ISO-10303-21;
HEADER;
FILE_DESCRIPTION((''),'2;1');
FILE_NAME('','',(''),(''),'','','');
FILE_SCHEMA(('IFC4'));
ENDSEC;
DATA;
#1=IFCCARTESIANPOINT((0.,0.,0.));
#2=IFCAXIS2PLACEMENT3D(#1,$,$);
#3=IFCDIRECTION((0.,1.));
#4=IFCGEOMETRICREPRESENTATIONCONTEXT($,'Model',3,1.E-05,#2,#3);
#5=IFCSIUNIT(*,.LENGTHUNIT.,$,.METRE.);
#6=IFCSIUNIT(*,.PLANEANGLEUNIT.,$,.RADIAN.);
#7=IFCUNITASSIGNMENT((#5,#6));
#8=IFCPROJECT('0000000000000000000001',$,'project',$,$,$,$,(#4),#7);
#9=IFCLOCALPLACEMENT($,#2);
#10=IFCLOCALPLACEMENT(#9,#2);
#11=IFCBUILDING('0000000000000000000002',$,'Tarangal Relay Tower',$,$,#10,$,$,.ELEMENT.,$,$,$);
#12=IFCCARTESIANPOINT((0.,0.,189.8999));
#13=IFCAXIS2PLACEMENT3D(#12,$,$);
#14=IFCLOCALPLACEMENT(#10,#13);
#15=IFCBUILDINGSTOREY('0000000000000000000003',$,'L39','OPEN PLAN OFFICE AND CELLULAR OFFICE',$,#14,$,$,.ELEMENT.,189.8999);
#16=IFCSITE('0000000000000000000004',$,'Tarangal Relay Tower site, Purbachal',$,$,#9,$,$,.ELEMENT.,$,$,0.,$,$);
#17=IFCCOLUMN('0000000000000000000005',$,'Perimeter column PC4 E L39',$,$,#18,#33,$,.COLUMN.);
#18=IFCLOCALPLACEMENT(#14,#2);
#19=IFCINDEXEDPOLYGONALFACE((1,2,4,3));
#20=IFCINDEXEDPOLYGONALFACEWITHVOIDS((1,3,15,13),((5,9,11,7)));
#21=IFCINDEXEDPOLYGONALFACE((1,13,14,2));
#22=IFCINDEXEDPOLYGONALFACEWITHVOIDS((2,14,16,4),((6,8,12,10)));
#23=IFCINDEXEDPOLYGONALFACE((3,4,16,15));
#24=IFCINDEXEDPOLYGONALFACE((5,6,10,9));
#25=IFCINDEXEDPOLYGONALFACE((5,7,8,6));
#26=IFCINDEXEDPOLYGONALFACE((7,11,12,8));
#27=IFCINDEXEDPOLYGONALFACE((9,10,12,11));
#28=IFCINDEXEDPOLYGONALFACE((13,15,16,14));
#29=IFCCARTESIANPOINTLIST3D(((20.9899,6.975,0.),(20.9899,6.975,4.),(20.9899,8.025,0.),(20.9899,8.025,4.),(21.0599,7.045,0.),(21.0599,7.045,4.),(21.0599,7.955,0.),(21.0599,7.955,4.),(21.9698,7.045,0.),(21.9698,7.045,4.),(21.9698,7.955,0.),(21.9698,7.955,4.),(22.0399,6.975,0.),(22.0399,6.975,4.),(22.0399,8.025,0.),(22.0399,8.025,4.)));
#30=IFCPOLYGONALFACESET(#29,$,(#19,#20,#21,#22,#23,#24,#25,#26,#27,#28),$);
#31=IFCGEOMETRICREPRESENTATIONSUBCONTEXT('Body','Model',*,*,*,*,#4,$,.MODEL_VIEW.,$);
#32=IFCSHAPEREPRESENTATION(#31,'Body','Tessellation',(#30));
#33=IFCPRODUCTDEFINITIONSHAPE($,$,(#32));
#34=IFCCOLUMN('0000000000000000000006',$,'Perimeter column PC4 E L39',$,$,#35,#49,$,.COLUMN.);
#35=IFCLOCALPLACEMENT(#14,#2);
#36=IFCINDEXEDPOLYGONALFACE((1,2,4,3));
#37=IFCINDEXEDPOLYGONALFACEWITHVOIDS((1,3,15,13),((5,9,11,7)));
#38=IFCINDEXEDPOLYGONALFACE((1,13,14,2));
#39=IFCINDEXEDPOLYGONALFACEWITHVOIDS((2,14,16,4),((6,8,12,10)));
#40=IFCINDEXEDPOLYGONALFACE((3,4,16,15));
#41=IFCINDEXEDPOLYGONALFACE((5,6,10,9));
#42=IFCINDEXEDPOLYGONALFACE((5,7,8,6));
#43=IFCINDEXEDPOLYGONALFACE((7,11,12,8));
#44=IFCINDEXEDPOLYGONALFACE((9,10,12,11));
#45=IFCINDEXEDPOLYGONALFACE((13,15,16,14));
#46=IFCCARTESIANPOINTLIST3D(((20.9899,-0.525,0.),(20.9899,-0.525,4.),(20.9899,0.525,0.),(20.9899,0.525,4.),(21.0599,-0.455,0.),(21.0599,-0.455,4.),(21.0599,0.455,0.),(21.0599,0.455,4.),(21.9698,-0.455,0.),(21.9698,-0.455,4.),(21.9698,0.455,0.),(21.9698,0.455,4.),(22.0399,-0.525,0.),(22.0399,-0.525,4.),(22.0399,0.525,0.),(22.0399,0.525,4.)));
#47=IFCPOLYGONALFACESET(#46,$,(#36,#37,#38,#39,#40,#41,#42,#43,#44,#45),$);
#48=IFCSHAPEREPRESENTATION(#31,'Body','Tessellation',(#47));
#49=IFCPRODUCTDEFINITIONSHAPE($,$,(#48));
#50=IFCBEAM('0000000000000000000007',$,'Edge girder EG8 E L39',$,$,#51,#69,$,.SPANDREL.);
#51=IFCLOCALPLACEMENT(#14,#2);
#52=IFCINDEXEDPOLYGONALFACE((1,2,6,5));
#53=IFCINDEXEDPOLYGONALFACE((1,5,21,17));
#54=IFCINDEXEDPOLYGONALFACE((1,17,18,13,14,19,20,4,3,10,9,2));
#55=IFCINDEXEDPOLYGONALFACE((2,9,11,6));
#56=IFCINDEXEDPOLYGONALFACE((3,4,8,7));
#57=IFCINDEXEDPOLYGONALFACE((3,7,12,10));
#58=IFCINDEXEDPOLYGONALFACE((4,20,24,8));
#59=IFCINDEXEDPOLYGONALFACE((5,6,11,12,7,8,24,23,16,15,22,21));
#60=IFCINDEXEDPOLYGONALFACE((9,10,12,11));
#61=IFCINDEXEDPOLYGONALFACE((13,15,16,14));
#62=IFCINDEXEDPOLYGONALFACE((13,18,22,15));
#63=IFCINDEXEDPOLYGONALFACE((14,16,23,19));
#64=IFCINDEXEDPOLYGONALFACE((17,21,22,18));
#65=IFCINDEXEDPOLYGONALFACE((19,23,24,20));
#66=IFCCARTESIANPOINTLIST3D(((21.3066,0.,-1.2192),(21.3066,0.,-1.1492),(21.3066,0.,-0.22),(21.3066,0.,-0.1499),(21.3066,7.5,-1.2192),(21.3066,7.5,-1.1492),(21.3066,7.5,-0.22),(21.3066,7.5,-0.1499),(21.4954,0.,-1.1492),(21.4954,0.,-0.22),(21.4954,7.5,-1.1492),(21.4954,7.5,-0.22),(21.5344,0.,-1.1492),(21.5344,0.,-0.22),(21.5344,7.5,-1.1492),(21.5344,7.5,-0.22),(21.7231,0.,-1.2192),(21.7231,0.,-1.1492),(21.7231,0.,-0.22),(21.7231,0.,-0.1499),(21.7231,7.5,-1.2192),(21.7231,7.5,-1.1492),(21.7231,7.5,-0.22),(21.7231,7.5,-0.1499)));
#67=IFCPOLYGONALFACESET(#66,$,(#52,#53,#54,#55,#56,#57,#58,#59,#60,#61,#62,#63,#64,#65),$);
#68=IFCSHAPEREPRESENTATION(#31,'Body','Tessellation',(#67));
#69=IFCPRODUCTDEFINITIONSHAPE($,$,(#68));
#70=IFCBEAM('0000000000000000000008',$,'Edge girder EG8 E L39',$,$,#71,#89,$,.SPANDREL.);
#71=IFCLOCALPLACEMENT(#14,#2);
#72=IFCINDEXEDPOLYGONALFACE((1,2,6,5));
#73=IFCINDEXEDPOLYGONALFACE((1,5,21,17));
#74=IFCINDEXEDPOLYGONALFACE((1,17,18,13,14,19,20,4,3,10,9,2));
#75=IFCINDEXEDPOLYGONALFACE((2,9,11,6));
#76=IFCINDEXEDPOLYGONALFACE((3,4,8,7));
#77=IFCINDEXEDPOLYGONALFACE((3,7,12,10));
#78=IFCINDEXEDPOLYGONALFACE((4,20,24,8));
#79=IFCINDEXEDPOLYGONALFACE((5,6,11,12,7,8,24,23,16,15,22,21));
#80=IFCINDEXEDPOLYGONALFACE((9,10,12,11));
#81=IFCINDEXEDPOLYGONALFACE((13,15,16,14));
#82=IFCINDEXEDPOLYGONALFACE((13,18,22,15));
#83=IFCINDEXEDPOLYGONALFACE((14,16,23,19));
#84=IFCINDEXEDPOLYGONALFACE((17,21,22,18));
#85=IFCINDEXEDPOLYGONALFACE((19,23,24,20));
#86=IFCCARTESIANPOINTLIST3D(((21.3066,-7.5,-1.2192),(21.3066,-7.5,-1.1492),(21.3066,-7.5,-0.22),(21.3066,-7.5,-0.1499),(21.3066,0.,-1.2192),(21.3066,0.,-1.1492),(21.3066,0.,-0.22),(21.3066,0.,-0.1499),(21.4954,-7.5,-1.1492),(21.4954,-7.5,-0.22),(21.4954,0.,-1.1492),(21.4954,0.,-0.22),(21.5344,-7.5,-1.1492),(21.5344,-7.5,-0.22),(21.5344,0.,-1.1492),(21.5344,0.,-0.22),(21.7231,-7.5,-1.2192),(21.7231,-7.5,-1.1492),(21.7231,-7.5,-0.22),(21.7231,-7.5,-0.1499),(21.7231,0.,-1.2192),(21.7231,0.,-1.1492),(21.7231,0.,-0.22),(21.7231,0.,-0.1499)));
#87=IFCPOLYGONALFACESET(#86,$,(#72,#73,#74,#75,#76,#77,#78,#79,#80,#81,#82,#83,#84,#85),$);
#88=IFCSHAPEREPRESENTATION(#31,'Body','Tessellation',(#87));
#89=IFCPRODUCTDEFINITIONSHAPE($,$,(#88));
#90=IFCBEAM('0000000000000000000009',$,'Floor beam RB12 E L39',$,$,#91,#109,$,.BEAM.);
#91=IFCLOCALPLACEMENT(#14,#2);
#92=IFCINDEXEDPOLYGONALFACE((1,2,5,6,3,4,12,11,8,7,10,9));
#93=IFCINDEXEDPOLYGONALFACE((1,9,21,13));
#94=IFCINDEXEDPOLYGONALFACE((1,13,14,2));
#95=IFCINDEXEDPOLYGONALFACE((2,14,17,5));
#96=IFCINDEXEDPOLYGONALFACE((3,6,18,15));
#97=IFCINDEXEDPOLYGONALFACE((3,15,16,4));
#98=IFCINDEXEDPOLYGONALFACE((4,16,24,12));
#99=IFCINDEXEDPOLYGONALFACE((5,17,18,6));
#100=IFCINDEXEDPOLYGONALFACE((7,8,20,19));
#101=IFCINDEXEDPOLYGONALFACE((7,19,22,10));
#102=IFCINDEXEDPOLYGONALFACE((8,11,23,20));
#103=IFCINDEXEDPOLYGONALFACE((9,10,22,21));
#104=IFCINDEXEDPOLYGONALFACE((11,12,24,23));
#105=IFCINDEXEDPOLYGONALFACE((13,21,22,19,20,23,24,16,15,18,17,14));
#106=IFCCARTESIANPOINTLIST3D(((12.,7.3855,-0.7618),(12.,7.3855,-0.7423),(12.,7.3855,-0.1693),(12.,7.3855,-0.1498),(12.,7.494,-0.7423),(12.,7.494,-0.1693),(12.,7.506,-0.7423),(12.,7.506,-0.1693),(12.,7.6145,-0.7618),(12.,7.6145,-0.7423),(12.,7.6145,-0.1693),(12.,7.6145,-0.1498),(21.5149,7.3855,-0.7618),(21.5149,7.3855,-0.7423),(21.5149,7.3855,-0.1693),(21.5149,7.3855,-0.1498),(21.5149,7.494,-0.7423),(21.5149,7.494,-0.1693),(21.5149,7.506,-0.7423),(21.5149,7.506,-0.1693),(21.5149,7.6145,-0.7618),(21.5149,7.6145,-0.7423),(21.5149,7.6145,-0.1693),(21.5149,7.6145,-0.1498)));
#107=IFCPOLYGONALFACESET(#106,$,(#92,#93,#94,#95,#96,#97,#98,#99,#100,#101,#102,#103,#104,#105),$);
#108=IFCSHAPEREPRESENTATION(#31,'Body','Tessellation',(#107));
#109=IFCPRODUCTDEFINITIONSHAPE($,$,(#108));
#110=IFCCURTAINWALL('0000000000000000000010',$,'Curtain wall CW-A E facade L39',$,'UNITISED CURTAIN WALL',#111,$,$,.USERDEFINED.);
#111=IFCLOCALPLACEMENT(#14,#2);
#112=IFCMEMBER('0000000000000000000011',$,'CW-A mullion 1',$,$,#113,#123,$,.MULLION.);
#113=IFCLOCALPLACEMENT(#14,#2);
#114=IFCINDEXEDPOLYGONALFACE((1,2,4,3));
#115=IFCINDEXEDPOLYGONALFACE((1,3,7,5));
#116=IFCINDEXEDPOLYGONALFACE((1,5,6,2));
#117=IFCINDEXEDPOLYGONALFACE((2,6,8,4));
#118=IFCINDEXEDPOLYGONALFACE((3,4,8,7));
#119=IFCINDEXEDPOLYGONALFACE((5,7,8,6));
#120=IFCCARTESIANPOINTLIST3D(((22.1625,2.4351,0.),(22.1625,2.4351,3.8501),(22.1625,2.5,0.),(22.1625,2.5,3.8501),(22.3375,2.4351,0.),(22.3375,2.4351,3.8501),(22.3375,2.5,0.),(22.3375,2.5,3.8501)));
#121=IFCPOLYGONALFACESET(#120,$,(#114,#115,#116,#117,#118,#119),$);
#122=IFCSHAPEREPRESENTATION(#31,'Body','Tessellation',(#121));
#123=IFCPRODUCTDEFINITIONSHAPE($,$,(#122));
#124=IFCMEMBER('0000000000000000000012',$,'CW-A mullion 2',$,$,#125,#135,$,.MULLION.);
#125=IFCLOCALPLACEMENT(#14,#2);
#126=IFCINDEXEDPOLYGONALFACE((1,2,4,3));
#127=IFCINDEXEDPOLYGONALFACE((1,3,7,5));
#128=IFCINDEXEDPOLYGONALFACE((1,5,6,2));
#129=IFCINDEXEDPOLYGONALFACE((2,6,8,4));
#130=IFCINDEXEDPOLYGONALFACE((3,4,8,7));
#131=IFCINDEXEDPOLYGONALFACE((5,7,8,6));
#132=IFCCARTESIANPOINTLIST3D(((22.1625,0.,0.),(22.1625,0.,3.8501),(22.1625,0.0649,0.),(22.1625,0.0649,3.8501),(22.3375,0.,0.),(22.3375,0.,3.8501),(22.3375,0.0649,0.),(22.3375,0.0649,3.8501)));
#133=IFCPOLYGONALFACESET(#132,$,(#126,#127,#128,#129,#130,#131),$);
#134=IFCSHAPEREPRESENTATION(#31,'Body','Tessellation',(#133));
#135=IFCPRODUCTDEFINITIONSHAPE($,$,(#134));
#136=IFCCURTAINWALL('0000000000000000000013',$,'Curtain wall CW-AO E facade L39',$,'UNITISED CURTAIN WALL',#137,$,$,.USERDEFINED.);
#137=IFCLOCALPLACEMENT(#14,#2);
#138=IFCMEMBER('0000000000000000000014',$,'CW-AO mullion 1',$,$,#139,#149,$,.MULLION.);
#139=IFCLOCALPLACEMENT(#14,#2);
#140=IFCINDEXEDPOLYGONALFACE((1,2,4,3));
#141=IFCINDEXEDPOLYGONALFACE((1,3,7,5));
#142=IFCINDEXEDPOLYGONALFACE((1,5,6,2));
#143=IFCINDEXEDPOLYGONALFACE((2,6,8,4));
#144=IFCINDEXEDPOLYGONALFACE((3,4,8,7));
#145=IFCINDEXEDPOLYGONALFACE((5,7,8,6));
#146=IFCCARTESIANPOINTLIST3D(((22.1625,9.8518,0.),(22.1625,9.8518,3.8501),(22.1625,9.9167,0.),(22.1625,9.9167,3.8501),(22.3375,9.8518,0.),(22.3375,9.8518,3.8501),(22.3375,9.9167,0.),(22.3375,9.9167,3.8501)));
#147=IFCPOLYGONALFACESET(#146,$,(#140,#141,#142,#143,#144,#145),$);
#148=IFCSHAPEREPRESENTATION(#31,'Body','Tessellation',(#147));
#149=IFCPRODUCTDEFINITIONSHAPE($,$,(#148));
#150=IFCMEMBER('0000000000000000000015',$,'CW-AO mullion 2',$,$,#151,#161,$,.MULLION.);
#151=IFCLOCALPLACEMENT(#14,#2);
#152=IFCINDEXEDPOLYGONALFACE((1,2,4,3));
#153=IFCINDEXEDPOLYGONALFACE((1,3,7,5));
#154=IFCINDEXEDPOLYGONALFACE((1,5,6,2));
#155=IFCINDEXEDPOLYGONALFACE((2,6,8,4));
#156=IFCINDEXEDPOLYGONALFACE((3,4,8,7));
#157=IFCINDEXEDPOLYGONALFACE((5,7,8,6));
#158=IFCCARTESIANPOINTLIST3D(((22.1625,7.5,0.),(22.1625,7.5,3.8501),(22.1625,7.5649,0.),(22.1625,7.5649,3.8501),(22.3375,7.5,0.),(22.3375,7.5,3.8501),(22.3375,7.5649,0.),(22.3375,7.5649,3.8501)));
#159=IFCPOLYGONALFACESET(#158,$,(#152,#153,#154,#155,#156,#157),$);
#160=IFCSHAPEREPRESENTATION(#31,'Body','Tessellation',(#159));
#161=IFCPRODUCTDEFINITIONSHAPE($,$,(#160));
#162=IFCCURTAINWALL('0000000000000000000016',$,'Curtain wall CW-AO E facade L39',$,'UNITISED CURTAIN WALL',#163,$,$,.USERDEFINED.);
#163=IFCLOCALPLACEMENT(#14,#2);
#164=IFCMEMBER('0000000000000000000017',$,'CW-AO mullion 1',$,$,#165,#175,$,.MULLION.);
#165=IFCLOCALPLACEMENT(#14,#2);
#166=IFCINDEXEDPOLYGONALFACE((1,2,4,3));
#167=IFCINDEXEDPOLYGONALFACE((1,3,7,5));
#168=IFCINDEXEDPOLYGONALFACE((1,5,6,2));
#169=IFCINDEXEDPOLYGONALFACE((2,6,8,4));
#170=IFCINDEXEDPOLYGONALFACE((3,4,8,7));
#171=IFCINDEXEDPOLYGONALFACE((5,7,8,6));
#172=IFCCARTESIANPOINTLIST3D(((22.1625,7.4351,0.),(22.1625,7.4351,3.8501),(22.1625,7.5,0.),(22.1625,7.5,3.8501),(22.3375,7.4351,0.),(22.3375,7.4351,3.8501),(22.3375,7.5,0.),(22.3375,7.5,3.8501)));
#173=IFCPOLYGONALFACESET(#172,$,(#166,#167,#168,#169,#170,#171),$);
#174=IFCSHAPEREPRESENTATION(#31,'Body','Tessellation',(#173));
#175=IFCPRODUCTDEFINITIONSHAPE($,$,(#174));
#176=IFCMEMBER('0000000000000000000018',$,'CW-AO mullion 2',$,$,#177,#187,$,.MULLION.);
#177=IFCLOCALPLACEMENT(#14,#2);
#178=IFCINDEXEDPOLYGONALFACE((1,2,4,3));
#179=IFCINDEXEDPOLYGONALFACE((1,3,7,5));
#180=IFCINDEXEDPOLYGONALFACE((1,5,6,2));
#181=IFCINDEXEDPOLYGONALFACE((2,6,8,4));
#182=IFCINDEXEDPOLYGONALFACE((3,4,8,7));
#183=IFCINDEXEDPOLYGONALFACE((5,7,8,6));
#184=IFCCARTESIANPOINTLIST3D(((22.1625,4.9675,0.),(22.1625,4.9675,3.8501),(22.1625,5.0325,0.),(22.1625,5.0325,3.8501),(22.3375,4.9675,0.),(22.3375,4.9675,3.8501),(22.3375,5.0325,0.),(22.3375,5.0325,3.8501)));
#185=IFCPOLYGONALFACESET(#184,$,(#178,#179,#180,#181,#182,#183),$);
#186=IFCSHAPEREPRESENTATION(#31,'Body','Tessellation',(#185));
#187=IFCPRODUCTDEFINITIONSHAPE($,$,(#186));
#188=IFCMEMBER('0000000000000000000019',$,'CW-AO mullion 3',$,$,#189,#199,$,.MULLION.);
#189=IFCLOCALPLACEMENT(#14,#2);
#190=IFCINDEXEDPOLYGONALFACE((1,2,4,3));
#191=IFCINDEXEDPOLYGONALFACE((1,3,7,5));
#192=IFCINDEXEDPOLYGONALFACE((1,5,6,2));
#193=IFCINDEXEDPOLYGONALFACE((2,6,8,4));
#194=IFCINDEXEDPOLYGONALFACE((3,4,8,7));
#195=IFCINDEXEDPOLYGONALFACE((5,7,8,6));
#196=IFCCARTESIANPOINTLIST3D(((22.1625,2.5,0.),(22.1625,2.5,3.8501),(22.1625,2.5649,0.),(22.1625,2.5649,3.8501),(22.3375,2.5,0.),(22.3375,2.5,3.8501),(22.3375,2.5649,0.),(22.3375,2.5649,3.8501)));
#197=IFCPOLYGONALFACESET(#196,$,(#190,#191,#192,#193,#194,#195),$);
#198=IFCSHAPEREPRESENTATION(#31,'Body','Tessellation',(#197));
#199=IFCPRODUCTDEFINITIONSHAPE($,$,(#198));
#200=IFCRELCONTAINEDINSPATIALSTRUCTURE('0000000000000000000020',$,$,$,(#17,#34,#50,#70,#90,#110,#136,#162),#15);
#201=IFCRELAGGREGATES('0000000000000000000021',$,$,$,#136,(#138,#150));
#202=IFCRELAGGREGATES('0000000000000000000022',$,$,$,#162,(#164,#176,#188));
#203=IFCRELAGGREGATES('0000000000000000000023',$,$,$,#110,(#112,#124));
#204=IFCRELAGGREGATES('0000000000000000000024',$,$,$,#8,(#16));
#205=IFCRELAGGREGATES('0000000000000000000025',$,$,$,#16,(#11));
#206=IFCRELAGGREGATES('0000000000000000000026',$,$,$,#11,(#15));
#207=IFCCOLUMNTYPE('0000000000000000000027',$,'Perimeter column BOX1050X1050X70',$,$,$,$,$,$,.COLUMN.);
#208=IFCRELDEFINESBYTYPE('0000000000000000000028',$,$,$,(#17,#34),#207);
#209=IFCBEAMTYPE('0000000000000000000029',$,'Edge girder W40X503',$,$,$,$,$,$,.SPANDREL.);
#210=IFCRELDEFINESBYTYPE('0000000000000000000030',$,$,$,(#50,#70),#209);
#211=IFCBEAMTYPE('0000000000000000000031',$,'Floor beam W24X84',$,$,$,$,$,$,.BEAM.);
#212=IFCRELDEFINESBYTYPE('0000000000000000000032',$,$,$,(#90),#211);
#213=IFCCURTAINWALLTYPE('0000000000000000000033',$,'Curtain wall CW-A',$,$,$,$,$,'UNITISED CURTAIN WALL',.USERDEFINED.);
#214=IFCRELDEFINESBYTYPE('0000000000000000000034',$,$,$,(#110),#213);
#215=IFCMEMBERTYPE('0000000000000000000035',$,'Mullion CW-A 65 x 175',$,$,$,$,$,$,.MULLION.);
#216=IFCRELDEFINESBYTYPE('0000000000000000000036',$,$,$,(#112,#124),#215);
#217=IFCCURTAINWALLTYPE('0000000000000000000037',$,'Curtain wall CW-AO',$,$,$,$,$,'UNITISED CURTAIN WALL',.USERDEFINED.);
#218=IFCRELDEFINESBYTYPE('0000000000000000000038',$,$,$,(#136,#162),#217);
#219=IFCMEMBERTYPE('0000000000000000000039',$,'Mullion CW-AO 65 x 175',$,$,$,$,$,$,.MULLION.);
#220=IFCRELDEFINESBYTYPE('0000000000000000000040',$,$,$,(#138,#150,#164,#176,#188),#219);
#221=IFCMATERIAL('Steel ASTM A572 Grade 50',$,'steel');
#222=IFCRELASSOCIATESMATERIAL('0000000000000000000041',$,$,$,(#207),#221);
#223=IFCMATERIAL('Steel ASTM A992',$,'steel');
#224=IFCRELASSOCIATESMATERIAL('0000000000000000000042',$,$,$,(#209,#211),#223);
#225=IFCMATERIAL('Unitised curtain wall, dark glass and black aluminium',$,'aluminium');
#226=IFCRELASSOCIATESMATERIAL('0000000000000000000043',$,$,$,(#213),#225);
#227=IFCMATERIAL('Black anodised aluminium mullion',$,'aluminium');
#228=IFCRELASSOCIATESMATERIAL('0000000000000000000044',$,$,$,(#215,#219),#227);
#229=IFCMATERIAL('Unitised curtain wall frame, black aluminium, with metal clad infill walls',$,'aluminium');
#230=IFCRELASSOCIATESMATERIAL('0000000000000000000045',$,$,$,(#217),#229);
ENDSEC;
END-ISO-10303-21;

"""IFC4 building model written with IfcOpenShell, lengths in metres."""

from ifc_helpers import new_model, si_unit, direction, frame, origin, origin_2d, place, context, subcontext, project, spatial, rectangle, hollow_rectangle, i_section, extrude, material, material_profile, profile_set, type_object, element, aggregate, save


model = new_model("IFC4")

# Units and contexts
model_context = context("Model", 3, precision=1e-05, world=origin(), true_north=direction((0.0, 1.0)))
body_context = subcontext(model_context, "Body", "Model", "MODEL_VIEW")
ifc_project = project(units=[si_unit("LENGTHUNIT", "METRE"), si_unit("PLANEANGLEUNIT", "RADIAN")], contexts=[model_context])

# Site, building, storey
site_placement = place(None, origin())
site = spatial("IfcSite", under=ifc_project, at=site_placement, Name="Tarangal Relay Tower site, Purbachal", CompositionType="ELEMENT", RefElevation=0.0)
building_placement = place(site_placement, origin())
building = spatial("IfcBuilding", under=site, at=building_placement, Name="Tarangal Relay Tower", CompositionType="ELEMENT")
storey_placement = place(building_placement, frame((0.0, 0.0, 189.8999)))
storey = spatial("IfcBuildingStorey", under=building, at=storey_placement, Name="L39", Description="OPEN PLAN OFFICE AND CELLULAR OFFICE", CompositionType="ELEMENT", Elevation=189.8999)

# Columns
ifc_material_1 = material(Name="Steel ASTM A572 Grade 50", Category="steel")
ifc_material_profile_1 = material_profile(ifc_material_1, hollow_rectangle(XDim=1.05, YDim=1.05, WallThickness=0.0701, at=origin_2d()), Name="BOX1050X1050X70")
ifc_profile_set_1 = profile_set([ifc_material_profile_1], Name="Steel ASTM A572 Grade 50")
column_type = type_object("IfcColumnType", Name="Perimeter column BOX1050X1050X70", PredefinedType="COLUMN", material=ifc_profile_set_1)
for number, where, z_axis, x_axis, name in (
    (1, (21.5149, 7.5, 0.0), (0.0, 0.0, 1.0), (1.0, 0.0, 0.0), "Perimeter column PC4 E L39"),
    (2, (21.5149, 0.0, 0.0), (0.0, 0.0, 1.0), (1.0, 0.0, 0.0), "Perimeter column PC4 E L39"),
):
    element("IfcColumn", number, at=place(storey_placement, frame(where, z_axis=z_axis, x_axis=x_axis)), inside=storey, type_object=column_type, Name=name, PredefinedType="COLUMN", context=body_context, shape_type="SweptSolid", body=[
        extrude(hollow_rectangle(XDim=1.05, YDim=1.05, WallThickness=0.0701, at=origin_2d()), origin(), (0.0, 0.0, 1.0), 4.0),
    ])

# Beams
ifc_material_2 = material(Name="Steel ASTM A992", Category="steel")
ifc_material_profile_2 = material_profile(ifc_material_2, i_section(OverallWidth=0.4165, OverallDepth=1.0693, WebThickness=0.0391, FlangeThickness=0.0701, at=origin_2d()), Name="W40X503")
ifc_profile_set_2 = profile_set([ifc_material_profile_2], Name="Steel ASTM A992")
beam_type_1 = type_object("IfcBeamType", Name="Edge girder W40X503", PredefinedType="SPANDREL", material=ifc_profile_set_2)
for number, where, z_axis, x_axis, name in (
    (3, (21.5149, 7.5, -0.6846), (0.0, -1.0, 0.0), (1.0, 0.0, 0.0), "Edge girder EG8 E L39"),
    (4, (21.5149, 0.0, -0.6846), (0.0, -1.0, 0.0), (1.0, 0.0, 0.0), "Edge girder EG8 E L39"),
):
    element("IfcBeam", number, at=place(storey_placement, frame(where, z_axis=z_axis, x_axis=x_axis)), inside=storey, type_object=beam_type_1, Name=name, PredefinedType="SPANDREL", context=body_context, shape_type="SweptSolid", body=[
        extrude(i_section(OverallWidth=0.4165, OverallDepth=1.0693, WebThickness=0.0391, FlangeThickness=0.0701, at=origin_2d()), origin(), (0.0, 0.0, 1.0), 7.5),
    ])
ifc_material_profile_3 = material_profile(ifc_material_2, i_section(OverallWidth=0.229, OverallDepth=0.6121, WebThickness=0.012, FlangeThickness=0.0195, at=origin_2d()), Name="W24X84")
ifc_profile_set_3 = profile_set([ifc_material_profile_3], Name="Steel ASTM A992")
beam_type_2 = type_object("IfcBeamType", Name="Floor beam W24X84", PredefinedType="BEAM", material=ifc_profile_set_3)
beam_placement = place(storey_placement, frame((12.0, 7.5, -0.4558), z_axis=(1.0, 0.0, 0.0), x_axis=(0.0, 1.0, 0.0)))
element("IfcBeam", 5, at=beam_placement, inside=storey, type_object=beam_type_2, Name="Floor beam RB12 E L39", PredefinedType="BEAM", context=body_context, shape_type="SweptSolid", body=[
    extrude(i_section(OverallWidth=0.229, OverallDepth=0.6121, WebThickness=0.012, FlangeThickness=0.0195, at=origin_2d()), origin(), (0.0, 0.0, 1.0), 9.5149),
])

# Curtain walls, members
ifc_material_3 = material(Name="Unitised curtain wall, dark glass and black aluminium", Category="aluminium")
curtain_wall_type_1 = type_object("IfcCurtainWallType", Name="Curtain wall CW-A", ElementType="UNITISED CURTAIN WALL", PredefinedType="USERDEFINED", material=ifc_material_3)
curtain_wall_1_placement = place(storey_placement, origin())
curtain_wall_1 = element("IfcCurtainWall", 6, at=curtain_wall_1_placement, inside=storey, type_object=curtain_wall_type_1, Name="Curtain wall CW-A E facade L39", ObjectType="UNITISED CURTAIN WALL", PredefinedType="USERDEFINED")
ifc_material_4 = material(Name="Black anodised aluminium mullion", Category="aluminium")
ifc_material_profile_4 = material_profile(ifc_material_4, rectangle(XDim=0.175, YDim=0.0649, at=origin_2d()), Name="CW-AM 65X175")
ifc_profile_set_4 = profile_set([ifc_material_profile_4], Name="Black anodised aluminium mullion")
member_type_1 = type_object("IfcMemberType", Name="Mullion CW-A 65 x 175", PredefinedType="MULLION", material=ifc_profile_set_4)
member_1_placement = place(storey_placement, frame((22.25, 2.4675, 0.0), z_axis=(0.0, 0.0, 1.0), x_axis=(1.0, 0.0, 0.0)))
member_1 = element("IfcMember", 7, at=member_1_placement, type_object=member_type_1, Name="CW-A mullion 1", PredefinedType="MULLION", context=body_context, shape_type="SweptSolid", body=[
    extrude(rectangle(XDim=0.175, YDim=0.0649, at=origin_2d()), origin(), (0.0, 0.0, 1.0), 3.8501),
])
member_2_placement = place(storey_placement, frame((22.25, 0.0325, 0.0), z_axis=(0.0, 0.0, 1.0), x_axis=(1.0, 0.0, 0.0)))
member_2 = element("IfcMember", 8, at=member_2_placement, type_object=member_type_1, Name="CW-A mullion 2", PredefinedType="MULLION", context=body_context, shape_type="SweptSolid", body=[
    extrude(rectangle(XDim=0.175, YDim=0.0649, at=origin_2d()), origin(), (0.0, 0.0, 1.0), 3.8501),
])
ifc_material_5 = material(Name="Unitised curtain wall frame, black aluminium, with metal clad infill walls", Category="aluminium")
curtain_wall_type_2 = type_object("IfcCurtainWallType", Name="Curtain wall CW-AO", ElementType="UNITISED CURTAIN WALL", PredefinedType="USERDEFINED", material=ifc_material_5)
curtain_wall_2_placement = place(storey_placement, origin())
curtain_wall_2 = element("IfcCurtainWall", 9, at=curtain_wall_2_placement, inside=storey, type_object=curtain_wall_type_2, Name="Curtain wall CW-AO E facade L39", ObjectType="UNITISED CURTAIN WALL", PredefinedType="USERDEFINED")
ifc_material_profile_5 = material_profile(ifc_material_4, rectangle(XDim=0.175, YDim=0.0649, at=origin_2d()), Name="CW-AOM 65X175")
ifc_profile_set_5 = profile_set([ifc_material_profile_5], Name="Black anodised aluminium mullion")
member_type_2 = type_object("IfcMemberType", Name="Mullion CW-AO 65 x 175", PredefinedType="MULLION", material=ifc_profile_set_5)
member_3_placement = place(storey_placement, frame((22.25, 9.8843, 0.0), z_axis=(0.0, 0.0, 1.0), x_axis=(1.0, 0.0, 0.0)))
member_3 = element("IfcMember", 10, at=member_3_placement, type_object=member_type_2, Name="CW-AO mullion 1", PredefinedType="MULLION", context=body_context, shape_type="SweptSolid", body=[
    extrude(rectangle(XDim=0.175, YDim=0.0649, at=origin_2d()), origin(), (0.0, 0.0, 1.0), 3.8501),
])
member_4_placement = place(storey_placement, frame((22.25, 7.5325, 0.0), z_axis=(0.0, 0.0, 1.0), x_axis=(1.0, 0.0, 0.0)))
member_4 = element("IfcMember", 11, at=member_4_placement, type_object=member_type_2, Name="CW-AO mullion 2", PredefinedType="MULLION", context=body_context, shape_type="SweptSolid", body=[
    extrude(rectangle(XDim=0.175, YDim=0.0649, at=origin_2d()), origin(), (0.0, 0.0, 1.0), 3.8501),
])
curtain_wall_3_placement = place(storey_placement, origin())
curtain_wall_3 = element("IfcCurtainWall", 12, at=curtain_wall_3_placement, inside=storey, type_object=curtain_wall_type_2, Name="Curtain wall CW-AO E facade L39", ObjectType="UNITISED CURTAIN WALL", PredefinedType="USERDEFINED")
member_5_placement = place(storey_placement, frame((22.25, 7.4675, 0.0), z_axis=(0.0, 0.0, 1.0), x_axis=(1.0, 0.0, 0.0)))
member_5 = element("IfcMember", 13, at=member_5_placement, type_object=member_type_2, Name="CW-AO mullion 1", PredefinedType="MULLION", context=body_context, shape_type="SweptSolid", body=[
    extrude(rectangle(XDim=0.175, YDim=0.0649, at=origin_2d()), origin(), (0.0, 0.0, 1.0), 3.8501),
])
member_6_placement = place(storey_placement, frame((22.25, 5.0, 0.0), z_axis=(0.0, 0.0, 1.0), x_axis=(1.0, 0.0, 0.0)))
member_6 = element("IfcMember", 14, at=member_6_placement, type_object=member_type_2, Name="CW-AO mullion 2", PredefinedType="MULLION", context=body_context, shape_type="SweptSolid", body=[
    extrude(rectangle(XDim=0.175, YDim=0.0649, at=origin_2d()), origin(), (0.0, 0.0, 1.0), 3.8501),
])
member_7_placement = place(storey_placement, frame((22.25, 2.5325, 0.0), z_axis=(0.0, 0.0, 1.0), x_axis=(1.0, 0.0, 0.0)))
member_7 = element("IfcMember", 15, at=member_7_placement, type_object=member_type_2, Name="CW-AO mullion 3", PredefinedType="MULLION", context=body_context, shape_type="SweptSolid", body=[
    extrude(rectangle(XDim=0.175, YDim=0.0649, at=origin_2d()), origin(), (0.0, 0.0, 1.0), 3.8501),
])

aggregate(curtain_wall_2, [member_3, member_4])
aggregate(curtain_wall_3, [member_5, member_6, member_7])

aggregate(curtain_wall_1, [member_1, member_2])

save(model, "model.ifc")
